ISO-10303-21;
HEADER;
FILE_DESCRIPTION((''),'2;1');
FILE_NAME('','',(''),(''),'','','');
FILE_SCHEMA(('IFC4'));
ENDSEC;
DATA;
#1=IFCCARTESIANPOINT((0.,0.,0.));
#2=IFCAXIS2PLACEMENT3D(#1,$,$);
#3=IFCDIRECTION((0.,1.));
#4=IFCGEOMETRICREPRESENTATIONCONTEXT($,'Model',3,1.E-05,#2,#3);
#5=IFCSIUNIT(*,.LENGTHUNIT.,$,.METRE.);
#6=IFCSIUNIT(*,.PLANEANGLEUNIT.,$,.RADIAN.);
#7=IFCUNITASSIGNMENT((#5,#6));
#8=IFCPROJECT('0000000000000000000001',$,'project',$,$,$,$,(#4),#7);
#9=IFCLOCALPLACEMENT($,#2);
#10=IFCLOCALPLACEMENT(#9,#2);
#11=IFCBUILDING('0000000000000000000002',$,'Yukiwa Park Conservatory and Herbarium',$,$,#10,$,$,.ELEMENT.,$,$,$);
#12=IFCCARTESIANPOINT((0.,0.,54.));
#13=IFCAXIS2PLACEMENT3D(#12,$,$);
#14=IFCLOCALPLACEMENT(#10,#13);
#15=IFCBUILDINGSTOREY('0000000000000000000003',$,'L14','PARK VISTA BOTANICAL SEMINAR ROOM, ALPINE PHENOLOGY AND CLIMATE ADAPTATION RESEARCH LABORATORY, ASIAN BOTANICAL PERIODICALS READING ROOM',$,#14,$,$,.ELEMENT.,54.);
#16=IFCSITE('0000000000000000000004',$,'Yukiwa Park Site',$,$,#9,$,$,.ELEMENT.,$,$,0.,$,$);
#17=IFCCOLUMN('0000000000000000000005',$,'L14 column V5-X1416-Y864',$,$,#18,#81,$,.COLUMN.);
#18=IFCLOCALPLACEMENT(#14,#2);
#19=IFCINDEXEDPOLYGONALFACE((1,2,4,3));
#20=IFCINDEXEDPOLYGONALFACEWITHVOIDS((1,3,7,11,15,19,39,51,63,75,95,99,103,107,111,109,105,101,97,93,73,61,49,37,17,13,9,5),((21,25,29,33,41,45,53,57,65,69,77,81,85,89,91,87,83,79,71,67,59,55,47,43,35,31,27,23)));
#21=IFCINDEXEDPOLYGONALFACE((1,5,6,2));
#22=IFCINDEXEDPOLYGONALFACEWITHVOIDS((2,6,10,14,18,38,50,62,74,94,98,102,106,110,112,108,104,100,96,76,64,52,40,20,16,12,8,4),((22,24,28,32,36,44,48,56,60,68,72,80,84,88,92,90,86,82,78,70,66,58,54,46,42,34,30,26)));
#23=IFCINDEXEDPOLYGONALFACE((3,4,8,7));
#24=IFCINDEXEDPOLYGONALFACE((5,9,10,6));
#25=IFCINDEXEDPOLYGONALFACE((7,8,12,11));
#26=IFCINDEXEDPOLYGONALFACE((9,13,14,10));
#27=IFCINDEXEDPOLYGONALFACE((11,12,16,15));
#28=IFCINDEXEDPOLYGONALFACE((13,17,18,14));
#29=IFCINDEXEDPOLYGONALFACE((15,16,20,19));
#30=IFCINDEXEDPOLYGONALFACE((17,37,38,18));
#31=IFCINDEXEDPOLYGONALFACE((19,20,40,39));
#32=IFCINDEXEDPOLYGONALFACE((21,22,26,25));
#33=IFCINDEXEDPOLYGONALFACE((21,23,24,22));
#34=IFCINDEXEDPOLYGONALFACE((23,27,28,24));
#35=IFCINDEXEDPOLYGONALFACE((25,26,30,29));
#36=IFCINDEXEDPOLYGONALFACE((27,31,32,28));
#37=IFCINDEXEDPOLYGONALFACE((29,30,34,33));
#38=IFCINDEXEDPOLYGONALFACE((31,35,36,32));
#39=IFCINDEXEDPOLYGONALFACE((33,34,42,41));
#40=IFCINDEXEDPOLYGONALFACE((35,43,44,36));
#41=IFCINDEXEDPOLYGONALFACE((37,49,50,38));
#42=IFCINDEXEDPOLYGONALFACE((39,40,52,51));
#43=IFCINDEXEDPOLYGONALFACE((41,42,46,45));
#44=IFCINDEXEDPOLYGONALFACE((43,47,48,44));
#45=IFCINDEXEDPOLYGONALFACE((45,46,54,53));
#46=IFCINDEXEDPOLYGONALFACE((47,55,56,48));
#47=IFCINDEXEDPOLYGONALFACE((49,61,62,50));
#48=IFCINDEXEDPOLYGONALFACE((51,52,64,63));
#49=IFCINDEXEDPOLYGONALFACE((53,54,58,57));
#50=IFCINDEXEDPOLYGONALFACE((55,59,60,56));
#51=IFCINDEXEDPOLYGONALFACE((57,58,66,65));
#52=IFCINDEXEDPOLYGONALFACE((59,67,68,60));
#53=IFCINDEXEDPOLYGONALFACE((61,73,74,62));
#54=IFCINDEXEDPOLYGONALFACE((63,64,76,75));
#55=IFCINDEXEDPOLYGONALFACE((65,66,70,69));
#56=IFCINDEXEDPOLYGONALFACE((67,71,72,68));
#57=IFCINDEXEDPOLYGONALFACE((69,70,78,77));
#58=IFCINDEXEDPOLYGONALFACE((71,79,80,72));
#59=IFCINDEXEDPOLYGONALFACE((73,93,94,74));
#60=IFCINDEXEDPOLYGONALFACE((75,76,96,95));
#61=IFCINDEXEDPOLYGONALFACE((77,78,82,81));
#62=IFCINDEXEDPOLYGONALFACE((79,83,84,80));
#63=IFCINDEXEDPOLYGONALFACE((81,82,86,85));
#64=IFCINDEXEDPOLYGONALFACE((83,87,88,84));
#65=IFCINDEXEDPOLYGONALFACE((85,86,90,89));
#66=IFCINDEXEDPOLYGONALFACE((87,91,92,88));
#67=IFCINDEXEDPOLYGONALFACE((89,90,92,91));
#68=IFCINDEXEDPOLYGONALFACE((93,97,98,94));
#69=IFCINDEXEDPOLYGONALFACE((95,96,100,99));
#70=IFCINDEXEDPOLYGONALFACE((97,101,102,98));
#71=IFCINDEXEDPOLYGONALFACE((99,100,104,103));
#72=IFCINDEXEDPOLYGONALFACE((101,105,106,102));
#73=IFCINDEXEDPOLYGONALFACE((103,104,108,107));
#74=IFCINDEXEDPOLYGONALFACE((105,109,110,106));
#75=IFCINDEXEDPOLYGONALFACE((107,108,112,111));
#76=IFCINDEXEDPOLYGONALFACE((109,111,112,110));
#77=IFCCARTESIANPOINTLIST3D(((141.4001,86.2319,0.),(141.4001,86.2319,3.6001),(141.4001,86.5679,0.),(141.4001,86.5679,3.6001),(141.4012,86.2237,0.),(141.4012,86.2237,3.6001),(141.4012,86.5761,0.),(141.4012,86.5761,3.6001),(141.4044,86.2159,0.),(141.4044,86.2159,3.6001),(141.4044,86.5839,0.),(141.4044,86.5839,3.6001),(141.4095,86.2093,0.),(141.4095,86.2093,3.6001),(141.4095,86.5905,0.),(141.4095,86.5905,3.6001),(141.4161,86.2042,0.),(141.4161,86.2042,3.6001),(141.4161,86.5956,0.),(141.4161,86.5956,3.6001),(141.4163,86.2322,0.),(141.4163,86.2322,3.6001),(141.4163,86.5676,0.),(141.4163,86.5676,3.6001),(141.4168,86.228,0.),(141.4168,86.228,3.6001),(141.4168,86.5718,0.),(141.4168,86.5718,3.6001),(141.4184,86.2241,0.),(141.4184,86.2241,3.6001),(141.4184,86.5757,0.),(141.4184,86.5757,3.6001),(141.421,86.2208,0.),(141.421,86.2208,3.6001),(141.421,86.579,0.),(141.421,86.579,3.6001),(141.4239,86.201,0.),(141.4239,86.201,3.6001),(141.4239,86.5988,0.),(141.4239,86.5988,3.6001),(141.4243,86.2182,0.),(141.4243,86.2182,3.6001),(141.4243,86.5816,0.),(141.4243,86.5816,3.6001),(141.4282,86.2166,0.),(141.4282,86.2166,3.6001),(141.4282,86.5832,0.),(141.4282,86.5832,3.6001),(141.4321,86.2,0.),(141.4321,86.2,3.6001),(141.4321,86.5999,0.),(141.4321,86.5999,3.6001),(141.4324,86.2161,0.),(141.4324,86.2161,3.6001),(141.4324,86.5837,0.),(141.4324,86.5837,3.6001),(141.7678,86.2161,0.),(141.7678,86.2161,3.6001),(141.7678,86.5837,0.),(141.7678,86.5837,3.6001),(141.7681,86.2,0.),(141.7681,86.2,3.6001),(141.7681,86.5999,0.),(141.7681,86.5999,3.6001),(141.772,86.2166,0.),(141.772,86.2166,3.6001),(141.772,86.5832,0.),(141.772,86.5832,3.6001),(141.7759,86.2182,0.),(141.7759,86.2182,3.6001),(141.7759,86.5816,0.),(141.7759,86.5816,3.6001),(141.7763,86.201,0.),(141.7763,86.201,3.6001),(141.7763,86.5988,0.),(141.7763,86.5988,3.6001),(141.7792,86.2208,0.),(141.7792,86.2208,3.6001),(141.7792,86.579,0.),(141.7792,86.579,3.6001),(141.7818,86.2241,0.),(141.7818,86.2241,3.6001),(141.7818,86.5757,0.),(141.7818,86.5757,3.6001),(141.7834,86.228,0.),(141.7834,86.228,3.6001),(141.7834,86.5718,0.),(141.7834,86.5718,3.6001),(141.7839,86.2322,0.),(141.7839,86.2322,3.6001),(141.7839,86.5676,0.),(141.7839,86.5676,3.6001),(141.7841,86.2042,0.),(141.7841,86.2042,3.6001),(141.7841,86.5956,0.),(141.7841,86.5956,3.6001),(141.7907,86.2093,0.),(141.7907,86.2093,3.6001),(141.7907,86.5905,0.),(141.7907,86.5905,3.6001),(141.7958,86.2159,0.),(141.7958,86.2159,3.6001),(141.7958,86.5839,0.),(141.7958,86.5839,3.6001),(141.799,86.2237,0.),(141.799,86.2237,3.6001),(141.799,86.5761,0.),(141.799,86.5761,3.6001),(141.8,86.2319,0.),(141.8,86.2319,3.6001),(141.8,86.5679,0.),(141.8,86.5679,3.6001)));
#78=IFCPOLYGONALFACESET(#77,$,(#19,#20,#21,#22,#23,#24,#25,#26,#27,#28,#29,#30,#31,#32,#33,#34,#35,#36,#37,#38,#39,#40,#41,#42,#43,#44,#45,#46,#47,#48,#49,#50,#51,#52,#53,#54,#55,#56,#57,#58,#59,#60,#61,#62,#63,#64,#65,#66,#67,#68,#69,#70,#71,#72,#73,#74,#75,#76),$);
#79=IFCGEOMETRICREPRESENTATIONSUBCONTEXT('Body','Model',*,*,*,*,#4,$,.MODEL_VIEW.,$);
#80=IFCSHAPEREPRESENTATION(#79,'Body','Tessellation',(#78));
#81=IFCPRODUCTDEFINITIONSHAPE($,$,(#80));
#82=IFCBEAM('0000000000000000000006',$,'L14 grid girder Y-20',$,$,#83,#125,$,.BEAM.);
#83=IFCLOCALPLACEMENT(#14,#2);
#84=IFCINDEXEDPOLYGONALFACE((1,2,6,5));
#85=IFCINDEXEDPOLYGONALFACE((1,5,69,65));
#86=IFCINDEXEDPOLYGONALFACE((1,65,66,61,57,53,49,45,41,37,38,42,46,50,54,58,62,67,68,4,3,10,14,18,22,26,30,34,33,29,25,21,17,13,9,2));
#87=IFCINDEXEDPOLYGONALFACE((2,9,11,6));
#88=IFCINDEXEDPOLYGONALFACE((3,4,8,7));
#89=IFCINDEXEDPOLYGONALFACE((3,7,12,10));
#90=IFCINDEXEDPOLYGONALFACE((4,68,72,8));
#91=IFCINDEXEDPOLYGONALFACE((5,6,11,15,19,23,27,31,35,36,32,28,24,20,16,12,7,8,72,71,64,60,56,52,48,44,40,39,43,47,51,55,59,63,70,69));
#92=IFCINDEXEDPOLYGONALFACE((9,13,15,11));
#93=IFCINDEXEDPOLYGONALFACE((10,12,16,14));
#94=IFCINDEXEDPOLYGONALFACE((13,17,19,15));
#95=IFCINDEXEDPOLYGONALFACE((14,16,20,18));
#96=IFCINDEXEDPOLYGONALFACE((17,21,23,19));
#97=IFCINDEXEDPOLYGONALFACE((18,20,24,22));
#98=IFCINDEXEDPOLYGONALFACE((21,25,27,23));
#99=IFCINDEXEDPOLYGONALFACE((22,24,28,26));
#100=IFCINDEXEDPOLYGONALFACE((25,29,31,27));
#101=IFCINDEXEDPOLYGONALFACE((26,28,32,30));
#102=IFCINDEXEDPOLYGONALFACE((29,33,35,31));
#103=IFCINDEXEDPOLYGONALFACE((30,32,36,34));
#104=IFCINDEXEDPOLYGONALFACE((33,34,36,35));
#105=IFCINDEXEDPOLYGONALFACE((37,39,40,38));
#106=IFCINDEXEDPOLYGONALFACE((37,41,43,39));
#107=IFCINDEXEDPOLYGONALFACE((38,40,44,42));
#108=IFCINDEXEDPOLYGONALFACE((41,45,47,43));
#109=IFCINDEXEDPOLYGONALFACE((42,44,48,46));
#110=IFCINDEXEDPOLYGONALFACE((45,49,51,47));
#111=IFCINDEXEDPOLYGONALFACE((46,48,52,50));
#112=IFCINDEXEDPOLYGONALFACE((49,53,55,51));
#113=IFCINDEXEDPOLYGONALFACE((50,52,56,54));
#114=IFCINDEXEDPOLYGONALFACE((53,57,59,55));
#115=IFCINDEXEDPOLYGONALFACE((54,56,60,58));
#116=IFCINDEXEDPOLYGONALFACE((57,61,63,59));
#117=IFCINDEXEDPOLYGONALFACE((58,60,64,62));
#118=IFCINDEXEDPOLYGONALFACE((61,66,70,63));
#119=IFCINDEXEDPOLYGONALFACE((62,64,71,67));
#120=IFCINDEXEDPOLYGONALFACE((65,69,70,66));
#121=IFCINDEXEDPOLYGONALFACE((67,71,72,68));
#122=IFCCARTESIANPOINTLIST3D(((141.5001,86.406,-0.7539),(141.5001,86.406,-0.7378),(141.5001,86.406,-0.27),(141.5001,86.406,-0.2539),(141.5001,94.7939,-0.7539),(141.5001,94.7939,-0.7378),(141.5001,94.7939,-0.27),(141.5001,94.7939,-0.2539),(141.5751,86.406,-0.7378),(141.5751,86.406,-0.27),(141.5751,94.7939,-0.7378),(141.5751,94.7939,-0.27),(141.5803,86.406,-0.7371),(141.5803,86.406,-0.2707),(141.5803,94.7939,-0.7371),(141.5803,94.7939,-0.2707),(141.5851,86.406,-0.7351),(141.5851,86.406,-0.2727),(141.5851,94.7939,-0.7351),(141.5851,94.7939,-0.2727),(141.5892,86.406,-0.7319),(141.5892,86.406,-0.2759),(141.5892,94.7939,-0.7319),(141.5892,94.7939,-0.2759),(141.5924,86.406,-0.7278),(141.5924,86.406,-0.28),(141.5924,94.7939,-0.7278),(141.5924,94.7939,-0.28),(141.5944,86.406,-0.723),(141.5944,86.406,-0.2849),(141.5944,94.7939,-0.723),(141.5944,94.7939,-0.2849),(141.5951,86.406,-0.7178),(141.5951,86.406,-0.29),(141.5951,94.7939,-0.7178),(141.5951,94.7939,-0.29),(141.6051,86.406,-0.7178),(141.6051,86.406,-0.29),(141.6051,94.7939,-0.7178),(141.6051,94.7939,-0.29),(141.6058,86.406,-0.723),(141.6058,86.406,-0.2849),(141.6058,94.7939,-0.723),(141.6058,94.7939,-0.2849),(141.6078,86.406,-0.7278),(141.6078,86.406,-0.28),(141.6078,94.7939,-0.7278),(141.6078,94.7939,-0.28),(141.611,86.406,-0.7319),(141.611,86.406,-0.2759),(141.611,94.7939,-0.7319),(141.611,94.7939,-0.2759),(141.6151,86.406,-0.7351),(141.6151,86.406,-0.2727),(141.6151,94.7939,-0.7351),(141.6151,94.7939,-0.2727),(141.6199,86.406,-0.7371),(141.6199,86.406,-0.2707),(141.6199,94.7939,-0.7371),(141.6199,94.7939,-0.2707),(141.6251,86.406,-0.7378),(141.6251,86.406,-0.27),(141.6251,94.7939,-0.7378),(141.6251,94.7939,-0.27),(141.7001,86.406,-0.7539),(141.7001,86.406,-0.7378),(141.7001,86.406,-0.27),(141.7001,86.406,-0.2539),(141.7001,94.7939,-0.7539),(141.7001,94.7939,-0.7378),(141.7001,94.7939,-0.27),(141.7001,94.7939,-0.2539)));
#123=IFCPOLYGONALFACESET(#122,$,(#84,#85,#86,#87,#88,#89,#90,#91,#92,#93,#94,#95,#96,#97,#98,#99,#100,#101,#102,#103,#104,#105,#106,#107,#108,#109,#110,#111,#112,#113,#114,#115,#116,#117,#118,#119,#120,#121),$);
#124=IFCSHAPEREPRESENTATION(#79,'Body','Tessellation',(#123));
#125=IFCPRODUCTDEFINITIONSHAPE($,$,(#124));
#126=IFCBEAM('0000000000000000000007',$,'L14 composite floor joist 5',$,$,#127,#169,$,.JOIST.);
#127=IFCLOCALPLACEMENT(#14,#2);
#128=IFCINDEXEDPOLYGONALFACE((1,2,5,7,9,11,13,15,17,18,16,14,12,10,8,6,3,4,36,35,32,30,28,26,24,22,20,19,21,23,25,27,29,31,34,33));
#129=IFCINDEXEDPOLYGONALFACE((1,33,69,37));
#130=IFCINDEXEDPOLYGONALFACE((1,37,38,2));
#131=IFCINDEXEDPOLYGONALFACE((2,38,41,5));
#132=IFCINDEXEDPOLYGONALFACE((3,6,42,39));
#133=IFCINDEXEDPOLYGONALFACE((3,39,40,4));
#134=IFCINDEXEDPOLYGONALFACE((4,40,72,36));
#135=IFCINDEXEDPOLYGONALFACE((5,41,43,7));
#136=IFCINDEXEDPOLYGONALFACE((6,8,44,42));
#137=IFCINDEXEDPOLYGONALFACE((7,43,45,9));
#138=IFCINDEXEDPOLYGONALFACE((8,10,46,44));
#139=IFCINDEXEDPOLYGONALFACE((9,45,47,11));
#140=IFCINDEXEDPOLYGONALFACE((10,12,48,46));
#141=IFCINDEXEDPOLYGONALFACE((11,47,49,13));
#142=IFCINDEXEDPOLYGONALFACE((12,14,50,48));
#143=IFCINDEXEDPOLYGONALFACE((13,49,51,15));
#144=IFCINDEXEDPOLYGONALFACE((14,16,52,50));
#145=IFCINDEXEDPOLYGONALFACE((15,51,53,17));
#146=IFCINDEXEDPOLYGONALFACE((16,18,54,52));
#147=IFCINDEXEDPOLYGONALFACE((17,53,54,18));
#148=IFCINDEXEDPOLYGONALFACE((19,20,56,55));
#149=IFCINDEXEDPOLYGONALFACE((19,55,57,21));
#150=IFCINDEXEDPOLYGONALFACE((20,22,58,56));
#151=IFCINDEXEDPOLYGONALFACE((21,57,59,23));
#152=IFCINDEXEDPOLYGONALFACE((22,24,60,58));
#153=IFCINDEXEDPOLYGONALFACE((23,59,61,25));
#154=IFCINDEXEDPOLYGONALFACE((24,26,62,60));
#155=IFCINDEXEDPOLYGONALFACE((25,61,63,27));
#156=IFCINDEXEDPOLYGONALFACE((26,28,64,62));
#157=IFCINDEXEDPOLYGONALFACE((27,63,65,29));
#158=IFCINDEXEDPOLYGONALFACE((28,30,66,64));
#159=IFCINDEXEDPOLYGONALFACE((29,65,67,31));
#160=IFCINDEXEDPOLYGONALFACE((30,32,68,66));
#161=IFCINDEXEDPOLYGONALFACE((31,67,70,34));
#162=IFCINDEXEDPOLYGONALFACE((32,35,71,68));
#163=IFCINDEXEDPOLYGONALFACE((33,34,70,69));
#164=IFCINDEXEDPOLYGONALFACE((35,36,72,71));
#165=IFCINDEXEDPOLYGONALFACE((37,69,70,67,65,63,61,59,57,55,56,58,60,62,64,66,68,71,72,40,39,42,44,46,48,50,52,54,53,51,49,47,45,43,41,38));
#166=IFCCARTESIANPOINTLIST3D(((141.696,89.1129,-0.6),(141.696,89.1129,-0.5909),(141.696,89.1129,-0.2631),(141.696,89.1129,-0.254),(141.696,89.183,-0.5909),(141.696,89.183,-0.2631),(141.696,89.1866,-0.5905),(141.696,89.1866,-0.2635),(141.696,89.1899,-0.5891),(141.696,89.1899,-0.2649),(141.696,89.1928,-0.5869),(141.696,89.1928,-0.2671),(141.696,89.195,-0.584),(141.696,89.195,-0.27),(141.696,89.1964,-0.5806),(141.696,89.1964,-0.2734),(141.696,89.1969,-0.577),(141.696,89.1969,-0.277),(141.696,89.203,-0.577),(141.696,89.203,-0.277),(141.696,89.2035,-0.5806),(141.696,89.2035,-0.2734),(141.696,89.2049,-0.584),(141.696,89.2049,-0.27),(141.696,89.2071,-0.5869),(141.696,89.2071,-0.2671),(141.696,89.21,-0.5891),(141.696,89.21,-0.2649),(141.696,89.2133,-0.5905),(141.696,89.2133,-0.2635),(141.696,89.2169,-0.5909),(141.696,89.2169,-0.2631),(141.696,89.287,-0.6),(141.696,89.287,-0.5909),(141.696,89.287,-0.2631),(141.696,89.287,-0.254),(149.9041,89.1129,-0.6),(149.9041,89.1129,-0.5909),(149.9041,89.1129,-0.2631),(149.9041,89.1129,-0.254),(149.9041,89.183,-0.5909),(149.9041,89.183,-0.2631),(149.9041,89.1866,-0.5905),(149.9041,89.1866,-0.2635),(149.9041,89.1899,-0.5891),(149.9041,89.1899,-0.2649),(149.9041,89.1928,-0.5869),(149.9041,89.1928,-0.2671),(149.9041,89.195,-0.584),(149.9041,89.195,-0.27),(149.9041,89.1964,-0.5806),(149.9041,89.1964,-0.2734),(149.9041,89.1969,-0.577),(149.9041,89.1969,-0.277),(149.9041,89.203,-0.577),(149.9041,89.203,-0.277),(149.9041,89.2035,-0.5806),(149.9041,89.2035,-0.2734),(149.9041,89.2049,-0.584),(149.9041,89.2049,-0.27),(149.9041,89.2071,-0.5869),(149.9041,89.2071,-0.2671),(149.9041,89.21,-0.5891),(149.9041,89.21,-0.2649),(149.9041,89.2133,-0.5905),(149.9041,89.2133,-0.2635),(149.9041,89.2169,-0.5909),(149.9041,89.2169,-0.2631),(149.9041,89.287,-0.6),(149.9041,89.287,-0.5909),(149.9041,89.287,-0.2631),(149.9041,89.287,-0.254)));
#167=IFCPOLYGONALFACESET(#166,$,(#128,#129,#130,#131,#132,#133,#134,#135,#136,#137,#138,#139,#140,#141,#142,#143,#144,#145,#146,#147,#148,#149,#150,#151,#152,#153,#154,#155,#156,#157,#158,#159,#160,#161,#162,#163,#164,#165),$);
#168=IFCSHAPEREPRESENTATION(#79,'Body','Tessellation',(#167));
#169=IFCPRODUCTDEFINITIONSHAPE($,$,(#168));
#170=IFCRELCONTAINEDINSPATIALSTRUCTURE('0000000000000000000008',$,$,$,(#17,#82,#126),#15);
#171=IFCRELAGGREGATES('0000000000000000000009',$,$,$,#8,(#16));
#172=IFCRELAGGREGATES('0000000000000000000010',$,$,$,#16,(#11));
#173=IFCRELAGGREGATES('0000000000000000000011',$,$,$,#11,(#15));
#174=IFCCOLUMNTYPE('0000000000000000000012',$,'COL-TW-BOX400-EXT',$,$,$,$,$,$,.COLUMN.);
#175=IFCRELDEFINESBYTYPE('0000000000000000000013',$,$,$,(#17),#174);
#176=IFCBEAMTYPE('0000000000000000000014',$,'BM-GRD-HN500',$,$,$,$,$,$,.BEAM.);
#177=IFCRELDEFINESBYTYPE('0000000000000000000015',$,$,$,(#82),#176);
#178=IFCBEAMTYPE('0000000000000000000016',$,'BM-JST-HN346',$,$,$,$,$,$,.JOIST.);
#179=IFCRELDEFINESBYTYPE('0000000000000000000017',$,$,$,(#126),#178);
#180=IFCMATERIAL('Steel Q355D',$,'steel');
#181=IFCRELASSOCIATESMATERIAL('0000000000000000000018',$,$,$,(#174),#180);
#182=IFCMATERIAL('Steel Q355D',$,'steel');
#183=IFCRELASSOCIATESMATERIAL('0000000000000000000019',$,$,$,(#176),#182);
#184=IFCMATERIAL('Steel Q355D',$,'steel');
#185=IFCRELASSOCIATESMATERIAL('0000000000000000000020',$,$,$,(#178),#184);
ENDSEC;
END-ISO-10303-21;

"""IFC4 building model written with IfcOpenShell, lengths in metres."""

from ifc_helpers import new_model, si_unit, direction, frame, origin, origin_2d, place, context, subcontext, project, spatial, hollow_rectangle, i_section, extrude, material, material_profile, profile_set, type_object, element, save


model = new_model("IFC4")

# Units and contexts
model_context = context("Model", 3, precision=1e-05, world=origin(), true_north=direction((0.0, 1.0)))
body_context = subcontext(model_context, "Body", "Model", "MODEL_VIEW")
ifc_project = project(units=[si_unit("LENGTHUNIT", "METRE"), si_unit("PLANEANGLEUNIT", "RADIAN")], contexts=[model_context])

# Site, building, storey
site_placement = place(None, origin())
site = spatial("IfcSite", under=ifc_project, at=site_placement, Name="Yukiwa Park Site", CompositionType="ELEMENT", RefElevation=0.0)
building_placement = place(site_placement, origin())
building = spatial("IfcBuilding", under=site, at=building_placement, Name="Yukiwa Park Conservatory and Herbarium", CompositionType="ELEMENT")
storey_placement = place(building_placement, frame((0.0, 0.0, 54.0)))
storey = spatial("IfcBuildingStorey", under=building, at=storey_placement, Name="L14", Description="PARK VISTA BOTANICAL SEMINAR ROOM, ALPINE PHENOLOGY AND CLIMATE ADAPTATION RESEARCH LABORATORY, ASIAN BOTANICAL PERIODICALS READING ROOM", CompositionType="ELEMENT", Elevation=54.0)

# Column
ifc_material_1 = material(Name="Steel Q355D", Category="steel")
ifc_material_profile_1 = material_profile(ifc_material_1, hollow_rectangle(XDim=0.3999, YDim=0.3999, WallThickness=0.0161, InnerFilletRadius=0.0161, OuterFilletRadius=0.032, at=origin_2d()), Name="BOX 400x400x16")
ifc_profile_set_1 = profile_set([ifc_material_profile_1], Name="Steel Q355D")
column_type = type_object("IfcColumnType", Name="COL-TW-BOX400-EXT", PredefinedType="COLUMN", material=ifc_profile_set_1)
column_placement = place(storey_placement, frame((141.6001, 86.3999, 0.0), z_axis=(0.0, 0.0, 1.0), x_axis=(1.0, 0.0, 0.0)))
element("IfcColumn", 1, at=column_placement, inside=storey, type_object=column_type, Name="L14 column V5-X1416-Y864", PredefinedType="COLUMN", context=body_context, shape_type="SweptSolid", body=[
    extrude(hollow_rectangle(XDim=0.3999, YDim=0.3999, WallThickness=0.0161, InnerFilletRadius=0.0161, OuterFilletRadius=0.032, at=origin_2d()), origin(), (0.0, 0.0, 1.0), 3.6001),
])

# Beams
ifc_material_2 = material(Name="Steel Q355D", Category="steel")
ifc_material_profile_2 = material_profile(ifc_material_2, i_section(OverallWidth=0.2, OverallDepth=0.5, WebThickness=0.01, FlangeThickness=0.0161, FilletRadius=0.02, at=origin_2d()), Name="HN 500x200x10x16")
ifc_profile_set_2 = profile_set([ifc_material_profile_2], Name="Steel Q355D")
beam_type_1 = type_object("IfcBeamType", Name="BM-GRD-HN500", PredefinedType="BEAM", material=ifc_profile_set_2)
beam_1_placement = place(storey_placement, frame((141.6001, 86.406, -0.5039), z_axis=(0.0, 1.0, 0.0), x_axis=(-1.0, 0.0, 0.0)))
element("IfcBeam", 2, at=beam_1_placement, inside=storey, type_object=beam_type_1, Name="L14 grid girder Y-20", PredefinedType="BEAM", context=body_context, shape_type="SweptSolid", body=[
    extrude(i_section(OverallWidth=0.2, OverallDepth=0.5, WebThickness=0.01, FlangeThickness=0.0161, FilletRadius=0.02, at=origin_2d()), origin(), (0.0, 0.0, 1.0), 8.3879),
])
ifc_material_3 = material(Name="Steel Q355D", Category="steel")
ifc_material_profile_3 = material_profile(ifc_material_3, i_section(OverallWidth=0.1741, OverallDepth=0.3459, WebThickness=0.0061, FlangeThickness=0.009, FilletRadius=0.0139, at=origin_2d()), Name="HN 346x174x6x9")
ifc_profile_set_3 = profile_set([ifc_material_profile_3], Name="Steel Q355D")
beam_type_2 = type_object("IfcBeamType", Name="BM-JST-HN346", PredefinedType="JOIST", material=ifc_profile_set_3)
beam_2_placement = place(storey_placement, frame((141.696, 89.2, -0.427), z_axis=(1.0, 0.0, 0.0), x_axis=(0.0, 1.0, 0.0)))
element("IfcBeam", 3, at=beam_2_placement, inside=storey, type_object=beam_type_2, Name="L14 composite floor joist 5", PredefinedType="JOIST", context=body_context, shape_type="SweptSolid", body=[
    extrude(i_section(OverallWidth=0.1741, OverallDepth=0.3459, WebThickness=0.0061, FlangeThickness=0.009, FilletRadius=0.0139, at=origin_2d()), origin(), (0.0, 0.0, 1.0), 8.208),
])

save(model, "model.ifc")
